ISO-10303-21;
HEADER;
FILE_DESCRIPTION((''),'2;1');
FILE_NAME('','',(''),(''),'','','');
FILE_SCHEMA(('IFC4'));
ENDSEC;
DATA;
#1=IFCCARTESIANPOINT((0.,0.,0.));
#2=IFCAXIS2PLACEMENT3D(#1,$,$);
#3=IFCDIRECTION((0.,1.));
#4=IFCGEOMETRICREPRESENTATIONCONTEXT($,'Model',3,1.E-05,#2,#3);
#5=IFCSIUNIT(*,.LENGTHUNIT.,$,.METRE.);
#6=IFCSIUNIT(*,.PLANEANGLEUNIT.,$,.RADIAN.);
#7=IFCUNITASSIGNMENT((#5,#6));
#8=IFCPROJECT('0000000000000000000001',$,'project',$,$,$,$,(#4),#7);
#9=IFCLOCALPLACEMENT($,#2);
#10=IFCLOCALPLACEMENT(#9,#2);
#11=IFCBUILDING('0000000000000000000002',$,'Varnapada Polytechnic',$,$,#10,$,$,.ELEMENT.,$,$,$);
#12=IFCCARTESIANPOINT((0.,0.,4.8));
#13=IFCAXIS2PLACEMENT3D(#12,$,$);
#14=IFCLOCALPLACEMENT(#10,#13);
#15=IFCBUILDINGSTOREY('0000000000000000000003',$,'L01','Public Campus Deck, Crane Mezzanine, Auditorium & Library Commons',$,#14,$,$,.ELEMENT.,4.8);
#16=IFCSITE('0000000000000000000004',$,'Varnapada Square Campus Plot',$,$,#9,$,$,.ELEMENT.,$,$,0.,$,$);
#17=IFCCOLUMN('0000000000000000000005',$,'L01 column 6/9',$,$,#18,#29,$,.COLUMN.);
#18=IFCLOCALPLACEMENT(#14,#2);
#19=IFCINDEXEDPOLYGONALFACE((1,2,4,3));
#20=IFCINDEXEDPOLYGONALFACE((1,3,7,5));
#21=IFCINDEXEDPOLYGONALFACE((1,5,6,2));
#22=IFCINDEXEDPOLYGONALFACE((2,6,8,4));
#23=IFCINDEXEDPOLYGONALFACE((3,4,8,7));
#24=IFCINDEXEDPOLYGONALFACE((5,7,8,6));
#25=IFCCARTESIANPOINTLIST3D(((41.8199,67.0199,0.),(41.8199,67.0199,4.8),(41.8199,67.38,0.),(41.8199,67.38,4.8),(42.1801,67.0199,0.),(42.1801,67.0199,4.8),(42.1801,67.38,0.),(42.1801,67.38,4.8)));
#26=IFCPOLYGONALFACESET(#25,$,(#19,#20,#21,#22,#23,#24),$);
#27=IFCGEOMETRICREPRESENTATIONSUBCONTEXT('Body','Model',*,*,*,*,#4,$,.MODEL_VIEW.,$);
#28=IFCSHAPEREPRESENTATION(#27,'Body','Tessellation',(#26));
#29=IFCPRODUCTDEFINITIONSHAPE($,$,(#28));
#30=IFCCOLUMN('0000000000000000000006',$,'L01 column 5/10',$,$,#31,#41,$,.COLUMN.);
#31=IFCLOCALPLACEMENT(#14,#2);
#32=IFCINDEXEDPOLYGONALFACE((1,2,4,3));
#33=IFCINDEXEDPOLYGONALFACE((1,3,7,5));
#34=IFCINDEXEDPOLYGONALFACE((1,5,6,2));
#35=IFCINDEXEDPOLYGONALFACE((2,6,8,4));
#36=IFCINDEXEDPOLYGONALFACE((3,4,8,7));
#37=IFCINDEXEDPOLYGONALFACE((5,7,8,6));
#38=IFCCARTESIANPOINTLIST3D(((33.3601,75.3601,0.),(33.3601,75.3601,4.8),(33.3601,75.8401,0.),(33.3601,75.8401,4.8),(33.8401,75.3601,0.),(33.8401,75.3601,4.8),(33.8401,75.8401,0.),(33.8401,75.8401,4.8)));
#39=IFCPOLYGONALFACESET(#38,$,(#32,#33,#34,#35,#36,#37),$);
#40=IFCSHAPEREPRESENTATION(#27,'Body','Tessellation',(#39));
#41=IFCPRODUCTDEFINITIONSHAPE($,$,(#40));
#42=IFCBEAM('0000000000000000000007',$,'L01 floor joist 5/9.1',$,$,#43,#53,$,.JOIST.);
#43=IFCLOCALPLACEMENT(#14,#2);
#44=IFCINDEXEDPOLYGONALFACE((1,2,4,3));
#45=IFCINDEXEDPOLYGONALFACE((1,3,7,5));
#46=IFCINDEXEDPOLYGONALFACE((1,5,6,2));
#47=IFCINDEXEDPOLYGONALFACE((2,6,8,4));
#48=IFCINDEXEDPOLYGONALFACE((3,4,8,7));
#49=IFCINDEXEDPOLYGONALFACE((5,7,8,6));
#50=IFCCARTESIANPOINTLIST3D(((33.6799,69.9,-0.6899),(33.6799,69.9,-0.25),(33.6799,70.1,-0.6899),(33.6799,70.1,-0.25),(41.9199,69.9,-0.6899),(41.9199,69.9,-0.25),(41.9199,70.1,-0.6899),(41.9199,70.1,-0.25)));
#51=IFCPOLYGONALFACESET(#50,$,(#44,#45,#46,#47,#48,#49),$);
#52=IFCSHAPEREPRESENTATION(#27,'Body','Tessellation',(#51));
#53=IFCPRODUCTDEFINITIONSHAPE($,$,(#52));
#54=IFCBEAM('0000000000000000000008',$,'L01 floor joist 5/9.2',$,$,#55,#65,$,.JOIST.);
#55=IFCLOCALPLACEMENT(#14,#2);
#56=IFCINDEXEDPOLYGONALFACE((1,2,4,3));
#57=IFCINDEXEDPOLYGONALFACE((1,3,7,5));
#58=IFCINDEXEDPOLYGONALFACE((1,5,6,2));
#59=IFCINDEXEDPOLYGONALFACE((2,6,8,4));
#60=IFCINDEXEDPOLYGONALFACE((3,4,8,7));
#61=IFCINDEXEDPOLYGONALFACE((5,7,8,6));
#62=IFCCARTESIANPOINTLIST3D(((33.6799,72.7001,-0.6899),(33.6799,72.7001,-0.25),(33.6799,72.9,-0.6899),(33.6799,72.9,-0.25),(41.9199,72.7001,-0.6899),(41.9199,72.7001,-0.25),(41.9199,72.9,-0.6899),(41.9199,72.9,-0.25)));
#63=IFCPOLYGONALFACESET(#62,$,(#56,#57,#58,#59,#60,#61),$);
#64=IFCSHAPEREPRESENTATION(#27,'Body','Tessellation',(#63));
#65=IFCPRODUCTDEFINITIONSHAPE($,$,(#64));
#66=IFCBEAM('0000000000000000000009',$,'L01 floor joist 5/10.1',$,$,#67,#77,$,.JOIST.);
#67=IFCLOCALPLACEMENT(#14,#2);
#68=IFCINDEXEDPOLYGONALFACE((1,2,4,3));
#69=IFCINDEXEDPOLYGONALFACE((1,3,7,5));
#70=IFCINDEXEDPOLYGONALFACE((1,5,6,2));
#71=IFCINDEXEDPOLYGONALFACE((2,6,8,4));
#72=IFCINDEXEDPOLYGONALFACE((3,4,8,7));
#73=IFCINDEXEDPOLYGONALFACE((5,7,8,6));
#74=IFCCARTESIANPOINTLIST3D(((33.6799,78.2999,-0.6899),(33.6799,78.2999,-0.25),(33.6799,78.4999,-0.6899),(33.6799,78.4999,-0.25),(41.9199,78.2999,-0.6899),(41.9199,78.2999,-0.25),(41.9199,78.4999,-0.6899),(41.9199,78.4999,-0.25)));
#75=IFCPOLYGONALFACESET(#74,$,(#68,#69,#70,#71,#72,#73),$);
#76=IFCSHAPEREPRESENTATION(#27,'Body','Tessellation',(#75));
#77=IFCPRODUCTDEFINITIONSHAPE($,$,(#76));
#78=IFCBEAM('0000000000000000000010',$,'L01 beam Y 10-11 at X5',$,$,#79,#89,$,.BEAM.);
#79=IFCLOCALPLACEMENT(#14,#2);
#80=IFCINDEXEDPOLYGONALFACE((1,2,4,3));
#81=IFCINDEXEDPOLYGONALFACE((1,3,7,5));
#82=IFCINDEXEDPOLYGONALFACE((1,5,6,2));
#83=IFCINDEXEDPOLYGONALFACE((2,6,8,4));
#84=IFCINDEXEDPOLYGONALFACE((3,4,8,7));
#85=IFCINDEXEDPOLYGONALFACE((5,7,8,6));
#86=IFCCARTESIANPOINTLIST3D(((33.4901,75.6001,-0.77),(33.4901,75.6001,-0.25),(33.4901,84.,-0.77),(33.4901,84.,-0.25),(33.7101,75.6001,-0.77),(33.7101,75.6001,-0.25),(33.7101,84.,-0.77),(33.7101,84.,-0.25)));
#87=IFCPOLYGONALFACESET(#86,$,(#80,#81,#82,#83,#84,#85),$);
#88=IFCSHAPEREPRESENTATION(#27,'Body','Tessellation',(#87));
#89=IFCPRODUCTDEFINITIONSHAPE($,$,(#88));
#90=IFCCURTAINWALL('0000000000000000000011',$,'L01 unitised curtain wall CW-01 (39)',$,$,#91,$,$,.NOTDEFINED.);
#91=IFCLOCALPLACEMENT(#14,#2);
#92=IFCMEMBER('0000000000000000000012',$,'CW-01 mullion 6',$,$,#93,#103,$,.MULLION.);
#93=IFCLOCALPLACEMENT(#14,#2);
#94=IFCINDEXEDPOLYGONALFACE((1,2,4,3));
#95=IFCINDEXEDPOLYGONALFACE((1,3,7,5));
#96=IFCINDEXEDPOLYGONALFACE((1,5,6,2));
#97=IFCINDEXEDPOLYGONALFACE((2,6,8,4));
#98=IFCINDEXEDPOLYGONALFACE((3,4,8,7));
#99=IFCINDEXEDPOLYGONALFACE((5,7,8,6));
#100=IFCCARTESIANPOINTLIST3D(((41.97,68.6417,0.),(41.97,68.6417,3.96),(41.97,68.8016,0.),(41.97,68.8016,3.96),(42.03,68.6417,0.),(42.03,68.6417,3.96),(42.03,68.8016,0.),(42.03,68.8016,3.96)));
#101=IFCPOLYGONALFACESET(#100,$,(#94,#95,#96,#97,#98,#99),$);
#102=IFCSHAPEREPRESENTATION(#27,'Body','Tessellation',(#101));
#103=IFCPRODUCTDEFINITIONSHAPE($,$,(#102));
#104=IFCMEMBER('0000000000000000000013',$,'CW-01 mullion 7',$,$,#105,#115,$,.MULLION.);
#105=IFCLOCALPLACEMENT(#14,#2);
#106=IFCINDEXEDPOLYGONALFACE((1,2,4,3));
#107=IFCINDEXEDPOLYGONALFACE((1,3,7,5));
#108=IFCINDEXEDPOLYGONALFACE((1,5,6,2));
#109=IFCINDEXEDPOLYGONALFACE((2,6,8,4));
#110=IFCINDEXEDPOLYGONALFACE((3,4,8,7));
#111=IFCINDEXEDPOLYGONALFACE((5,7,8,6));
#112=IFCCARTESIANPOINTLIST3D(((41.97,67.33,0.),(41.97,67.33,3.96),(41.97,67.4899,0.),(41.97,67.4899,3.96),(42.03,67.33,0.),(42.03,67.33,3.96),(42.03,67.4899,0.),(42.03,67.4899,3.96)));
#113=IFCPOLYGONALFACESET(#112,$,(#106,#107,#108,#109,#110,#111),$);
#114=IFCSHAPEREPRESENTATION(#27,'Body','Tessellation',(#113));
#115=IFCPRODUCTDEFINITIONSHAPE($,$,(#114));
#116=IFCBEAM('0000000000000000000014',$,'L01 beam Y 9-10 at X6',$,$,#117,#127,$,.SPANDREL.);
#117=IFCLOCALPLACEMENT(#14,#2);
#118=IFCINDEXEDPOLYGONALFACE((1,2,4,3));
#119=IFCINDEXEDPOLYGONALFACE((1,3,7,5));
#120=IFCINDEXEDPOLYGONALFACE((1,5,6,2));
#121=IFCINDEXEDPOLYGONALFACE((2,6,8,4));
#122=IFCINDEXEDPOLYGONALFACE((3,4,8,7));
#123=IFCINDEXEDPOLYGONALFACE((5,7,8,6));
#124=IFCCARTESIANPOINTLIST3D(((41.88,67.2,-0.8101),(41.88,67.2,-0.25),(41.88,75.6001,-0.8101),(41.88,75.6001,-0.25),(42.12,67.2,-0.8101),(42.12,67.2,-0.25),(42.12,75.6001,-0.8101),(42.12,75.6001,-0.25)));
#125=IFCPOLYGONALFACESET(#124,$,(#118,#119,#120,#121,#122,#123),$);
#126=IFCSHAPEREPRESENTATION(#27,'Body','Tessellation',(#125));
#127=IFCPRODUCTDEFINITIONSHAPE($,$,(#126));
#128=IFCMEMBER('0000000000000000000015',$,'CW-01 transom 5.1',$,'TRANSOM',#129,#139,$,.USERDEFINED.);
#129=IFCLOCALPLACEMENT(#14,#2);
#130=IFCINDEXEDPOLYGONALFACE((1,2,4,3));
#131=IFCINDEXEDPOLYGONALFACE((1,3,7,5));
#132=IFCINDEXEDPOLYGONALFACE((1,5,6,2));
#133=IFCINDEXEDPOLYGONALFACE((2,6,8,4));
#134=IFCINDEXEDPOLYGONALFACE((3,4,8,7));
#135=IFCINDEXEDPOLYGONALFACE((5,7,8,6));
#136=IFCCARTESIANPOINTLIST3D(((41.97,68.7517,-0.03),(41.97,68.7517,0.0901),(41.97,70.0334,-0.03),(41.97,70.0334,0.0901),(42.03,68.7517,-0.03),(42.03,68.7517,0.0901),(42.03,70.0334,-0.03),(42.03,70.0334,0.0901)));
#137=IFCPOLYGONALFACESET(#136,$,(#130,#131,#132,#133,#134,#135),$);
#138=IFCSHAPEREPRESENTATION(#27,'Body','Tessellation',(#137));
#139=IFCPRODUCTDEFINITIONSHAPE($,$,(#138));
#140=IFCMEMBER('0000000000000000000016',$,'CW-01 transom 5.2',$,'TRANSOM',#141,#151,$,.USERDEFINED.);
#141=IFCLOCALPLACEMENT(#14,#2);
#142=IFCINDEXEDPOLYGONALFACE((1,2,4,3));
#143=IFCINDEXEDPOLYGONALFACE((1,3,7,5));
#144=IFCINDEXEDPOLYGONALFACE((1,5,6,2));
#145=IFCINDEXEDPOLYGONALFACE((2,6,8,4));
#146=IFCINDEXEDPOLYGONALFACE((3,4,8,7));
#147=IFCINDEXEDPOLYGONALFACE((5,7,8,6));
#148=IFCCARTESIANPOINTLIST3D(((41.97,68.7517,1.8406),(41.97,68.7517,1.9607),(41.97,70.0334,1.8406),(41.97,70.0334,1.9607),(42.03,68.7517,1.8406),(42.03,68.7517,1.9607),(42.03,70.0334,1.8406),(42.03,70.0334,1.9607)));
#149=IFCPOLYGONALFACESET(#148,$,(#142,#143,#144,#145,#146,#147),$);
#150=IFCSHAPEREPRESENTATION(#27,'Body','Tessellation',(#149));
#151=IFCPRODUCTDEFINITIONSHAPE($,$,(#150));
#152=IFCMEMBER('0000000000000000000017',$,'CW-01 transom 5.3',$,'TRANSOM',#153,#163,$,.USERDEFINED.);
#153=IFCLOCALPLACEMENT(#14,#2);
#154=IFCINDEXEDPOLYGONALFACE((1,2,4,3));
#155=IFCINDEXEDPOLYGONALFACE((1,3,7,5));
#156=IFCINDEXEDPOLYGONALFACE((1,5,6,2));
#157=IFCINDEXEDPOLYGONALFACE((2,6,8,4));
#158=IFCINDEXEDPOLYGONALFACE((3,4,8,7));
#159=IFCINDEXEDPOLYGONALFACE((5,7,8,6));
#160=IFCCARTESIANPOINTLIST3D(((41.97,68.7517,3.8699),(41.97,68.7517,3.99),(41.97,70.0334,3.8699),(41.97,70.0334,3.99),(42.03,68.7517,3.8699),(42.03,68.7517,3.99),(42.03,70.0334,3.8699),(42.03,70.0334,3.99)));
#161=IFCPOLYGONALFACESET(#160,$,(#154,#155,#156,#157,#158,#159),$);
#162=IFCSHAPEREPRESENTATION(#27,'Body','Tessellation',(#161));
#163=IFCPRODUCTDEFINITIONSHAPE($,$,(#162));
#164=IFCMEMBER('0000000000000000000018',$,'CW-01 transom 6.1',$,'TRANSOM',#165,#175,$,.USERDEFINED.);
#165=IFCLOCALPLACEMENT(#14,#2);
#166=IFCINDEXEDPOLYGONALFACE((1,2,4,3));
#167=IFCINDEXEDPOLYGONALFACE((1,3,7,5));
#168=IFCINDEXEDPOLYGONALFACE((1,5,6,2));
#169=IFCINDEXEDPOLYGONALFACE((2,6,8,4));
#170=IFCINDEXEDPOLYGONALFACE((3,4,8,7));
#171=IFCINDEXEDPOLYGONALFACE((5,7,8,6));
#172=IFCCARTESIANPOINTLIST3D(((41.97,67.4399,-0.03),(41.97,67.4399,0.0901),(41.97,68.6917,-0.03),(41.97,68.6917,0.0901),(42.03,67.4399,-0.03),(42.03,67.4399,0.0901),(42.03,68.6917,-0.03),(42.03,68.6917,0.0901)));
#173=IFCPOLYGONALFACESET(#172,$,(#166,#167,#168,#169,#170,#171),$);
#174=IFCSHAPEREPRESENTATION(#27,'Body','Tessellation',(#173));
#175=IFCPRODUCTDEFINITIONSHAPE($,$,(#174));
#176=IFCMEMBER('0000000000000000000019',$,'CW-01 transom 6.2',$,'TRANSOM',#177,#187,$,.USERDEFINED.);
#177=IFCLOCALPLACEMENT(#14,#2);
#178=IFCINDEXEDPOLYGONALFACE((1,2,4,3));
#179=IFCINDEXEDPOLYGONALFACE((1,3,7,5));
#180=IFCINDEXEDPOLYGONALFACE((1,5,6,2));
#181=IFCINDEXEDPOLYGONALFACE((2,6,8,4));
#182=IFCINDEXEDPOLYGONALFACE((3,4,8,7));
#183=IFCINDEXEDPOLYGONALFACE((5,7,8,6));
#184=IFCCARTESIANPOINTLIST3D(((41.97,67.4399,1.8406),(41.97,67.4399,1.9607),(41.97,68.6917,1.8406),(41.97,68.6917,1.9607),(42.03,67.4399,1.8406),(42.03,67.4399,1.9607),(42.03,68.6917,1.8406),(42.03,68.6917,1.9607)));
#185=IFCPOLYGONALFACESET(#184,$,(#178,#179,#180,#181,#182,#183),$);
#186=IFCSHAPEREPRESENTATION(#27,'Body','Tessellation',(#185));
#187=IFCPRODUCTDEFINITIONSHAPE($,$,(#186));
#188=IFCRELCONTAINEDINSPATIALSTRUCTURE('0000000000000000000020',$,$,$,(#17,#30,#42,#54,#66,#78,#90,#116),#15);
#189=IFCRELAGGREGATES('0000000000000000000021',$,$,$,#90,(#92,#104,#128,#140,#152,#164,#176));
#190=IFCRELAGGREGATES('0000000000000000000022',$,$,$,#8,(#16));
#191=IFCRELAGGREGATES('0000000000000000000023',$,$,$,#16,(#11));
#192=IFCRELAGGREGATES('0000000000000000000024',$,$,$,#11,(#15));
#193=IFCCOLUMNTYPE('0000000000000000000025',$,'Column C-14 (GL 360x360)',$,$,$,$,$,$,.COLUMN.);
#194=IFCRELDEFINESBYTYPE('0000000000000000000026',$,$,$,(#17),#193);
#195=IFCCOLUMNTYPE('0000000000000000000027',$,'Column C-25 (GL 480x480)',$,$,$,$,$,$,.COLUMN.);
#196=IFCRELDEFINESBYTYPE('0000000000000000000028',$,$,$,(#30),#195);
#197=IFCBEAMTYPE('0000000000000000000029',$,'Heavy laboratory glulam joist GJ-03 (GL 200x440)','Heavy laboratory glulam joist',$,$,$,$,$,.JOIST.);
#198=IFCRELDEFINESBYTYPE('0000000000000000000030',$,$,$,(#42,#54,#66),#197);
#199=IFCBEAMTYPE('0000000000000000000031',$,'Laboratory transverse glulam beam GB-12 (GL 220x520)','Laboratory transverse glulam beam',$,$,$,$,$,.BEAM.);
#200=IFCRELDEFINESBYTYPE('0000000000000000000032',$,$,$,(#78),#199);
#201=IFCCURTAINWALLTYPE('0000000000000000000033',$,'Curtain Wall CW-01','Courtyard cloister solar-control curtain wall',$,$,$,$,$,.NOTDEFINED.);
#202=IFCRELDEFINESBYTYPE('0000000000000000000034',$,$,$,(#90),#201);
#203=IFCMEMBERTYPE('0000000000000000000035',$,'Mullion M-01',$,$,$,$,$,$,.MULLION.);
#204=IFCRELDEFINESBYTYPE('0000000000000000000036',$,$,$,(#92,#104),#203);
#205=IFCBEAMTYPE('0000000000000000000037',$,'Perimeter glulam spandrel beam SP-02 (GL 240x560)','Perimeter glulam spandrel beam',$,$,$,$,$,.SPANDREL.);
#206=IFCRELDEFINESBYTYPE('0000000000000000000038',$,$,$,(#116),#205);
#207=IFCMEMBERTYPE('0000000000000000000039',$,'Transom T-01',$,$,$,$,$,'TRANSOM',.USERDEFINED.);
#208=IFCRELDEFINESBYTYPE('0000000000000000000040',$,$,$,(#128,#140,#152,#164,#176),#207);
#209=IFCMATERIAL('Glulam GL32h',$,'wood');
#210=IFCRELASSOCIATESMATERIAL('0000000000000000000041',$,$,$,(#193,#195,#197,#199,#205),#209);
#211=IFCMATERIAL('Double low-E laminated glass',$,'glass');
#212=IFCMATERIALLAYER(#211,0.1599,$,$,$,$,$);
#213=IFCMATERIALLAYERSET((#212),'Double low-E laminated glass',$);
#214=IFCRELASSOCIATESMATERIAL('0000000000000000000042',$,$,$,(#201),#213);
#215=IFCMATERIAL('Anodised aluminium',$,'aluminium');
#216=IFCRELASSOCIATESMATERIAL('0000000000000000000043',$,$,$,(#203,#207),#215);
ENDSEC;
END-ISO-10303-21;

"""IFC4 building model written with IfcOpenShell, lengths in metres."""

from ifc_helpers import new_model, si_unit, direction, frame, origin, origin_2d, place, context, subcontext, project, spatial, rectangle, extrude, material, layer, layer_set, material_profile, profile_set, type_object, element, aggregate, save


model = new_model("IFC4")

# Units and contexts
model_context = context("Model", 3, precision=1e-05, world=origin(), true_north=direction((0.0, 1.0)))
body_context = subcontext(model_context, "Body", "Model", "MODEL_VIEW")
ifc_project = project(units=[si_unit("LENGTHUNIT", "METRE"), si_unit("PLANEANGLEUNIT", "RADIAN")], contexts=[model_context])

# Site, building, storey
site_placement = place(None, origin())
site = spatial("IfcSite", under=ifc_project, at=site_placement, Name="Varnapada Square Campus Plot", CompositionType="ELEMENT", RefElevation=0.0)
building_placement = place(site_placement, origin())
building = spatial("IfcBuilding", under=site, at=building_placement, Name="Varnapada Polytechnic", CompositionType="ELEMENT")
storey_placement = place(building_placement, frame((0.0, 0.0, 4.8)))
storey = spatial("IfcBuildingStorey", under=building, at=storey_placement, Name="L01", Description="Public Campus Deck, Crane Mezzanine, Auditorium & Library Commons", CompositionType="ELEMENT", Elevation=4.8)

# Columns
ifc_material_1 = material(Name="Glulam GL32h", Category="wood")
ifc_material_profile_1 = material_profile(ifc_material_1, rectangle(XDim=0.3601, YDim=0.3601, at=origin_2d()), Name="GL 360x360")
ifc_profile_set_1 = profile_set([ifc_material_profile_1], Name="Glulam GL32h")
column_type_1 = type_object("IfcColumnType", Name="Column C-14 (GL 360x360)", PredefinedType="COLUMN", material=ifc_profile_set_1)
column_1_placement = place(storey_placement, frame((42.0, 67.2, 0.0), z_axis=(0.0, 0.0, 1.0), x_axis=(1.0, 0.0, 0.0)))
element("IfcColumn", 1, at=column_1_placement, inside=storey, type_object=column_type_1, Name="L01 column 6/9", PredefinedType="COLUMN", context=body_context, shape_type="SweptSolid", body=[
    extrude(rectangle(XDim=0.3601, YDim=0.3601, at=origin_2d()), origin(), (0.0, 0.0, 1.0), 4.8),
])
ifc_material_profile_2 = material_profile(ifc_material_1, rectangle(XDim=0.48, YDim=0.48, at=origin_2d()), Name="GL 480x480")
ifc_profile_set_2 = profile_set([ifc_material_profile_2], Name="Glulam GL32h")
column_type_2 = type_object("IfcColumnType", Name="Column C-25 (GL 480x480)", PredefinedType="COLUMN", material=ifc_profile_set_2)
column_2_placement = place(storey_placement, frame((33.6001, 75.6001, 0.0), z_axis=(0.0, 0.0, 1.0), x_axis=(1.0, 0.0, 0.0)))
element("IfcColumn", 2, at=column_2_placement, inside=storey, type_object=column_type_2, Name="L01 column 5/10", PredefinedType="COLUMN", context=body_context, shape_type="SweptSolid", body=[
    extrude(rectangle(XDim=0.48, YDim=0.48, at=origin_2d()), origin(), (0.0, 0.0, 1.0), 4.8),
])

# Beams
ifc_material_profile_3 = material_profile(ifc_material_1, rectangle(XDim=0.2, YDim=0.4399, at=origin_2d()), Name="GL 200x440")
ifc_profile_set_3 = profile_set([ifc_material_profile_3], Name="Glulam GL32h")
beam_type_1 = type_object("IfcBeamType", Name="Heavy laboratory glulam joist GJ-03 (GL 200x440)", Description="Heavy laboratory glulam joist", PredefinedType="JOIST", material=ifc_profile_set_3)
for number, where, z_axis, x_axis, name in (
    (3, (33.6799, 70.0, -0.47), (1.0, 0.0, 0.0), (0.0, 1.0, 0.0), "L01 floor joist 5/9.1"),
    (4, (33.6799, 72.8, -0.47), (1.0, 0.0, 0.0), (0.0, 1.0, 0.0), "L01 floor joist 5/9.2"),
    (5, (33.6799, 78.3999, -0.47), (1.0, 0.0, 0.0), (0.0, 1.0, 0.0), "L01 floor joist 5/10.1"),
):
    element("IfcBeam", number, at=place(storey_placement, frame(where, z_axis=z_axis, x_axis=x_axis)), inside=storey, type_object=beam_type_1, Name=name, PredefinedType="JOIST", context=body_context, shape_type="SweptSolid", body=[
        extrude(rectangle(XDim=0.2, YDim=0.4399, at=origin_2d()), origin(), (0.0, 0.0, 1.0), 8.24),
    ])
ifc_material_profile_4 = material_profile(ifc_material_1, rectangle(XDim=0.22, YDim=0.52, at=origin_2d()), Name="GL 220x520")
ifc_profile_set_4 = profile_set([ifc_material_profile_4], Name="Glulam GL32h")
beam_type_2 = type_object("IfcBeamType", Name="Laboratory transverse glulam beam GB-12 (GL 220x520)", Description="Laboratory transverse glulam beam", PredefinedType="BEAM", material=ifc_profile_set_4)
beam_1_placement = place(storey_placement, frame((33.6001, 75.6001, -0.51), z_axis=(0.0, 1.0, 0.0), x_axis=(-1.0, 0.0, 0.0)))
element("IfcBeam", 6, at=beam_1_placement, inside=storey, type_object=beam_type_2, Name="L01 beam Y 10-11 at X5", PredefinedType="BEAM", context=body_context, shape_type="SweptSolid", body=[
    extrude(rectangle(XDim=0.22, YDim=0.52, at=origin_2d()), origin(), (0.0, 0.0, 1.0), 8.3999),
])

# Curtain wall, members
ifc_material_2 = material(Name="Double low-E laminated glass", Category="glass")
ifc_layer_1 = layer(ifc_material_2, 0.1599)
ifc_layer_set_1 = layer_set([ifc_layer_1], Name="Double low-E laminated glass")
curtain_wall_type = type_object("IfcCurtainWallType", Name="Curtain Wall CW-01", Description="Courtyard cloister solar-control curtain wall", PredefinedType="NOTDEFINED", material=ifc_layer_set_1)
curtain_wall_placement = place(storey_placement, origin())
curtain_wall = element("IfcCurtainWall", 7, at=curtain_wall_placement, inside=storey, type_object=curtain_wall_type, Name="L01 unitised curtain wall CW-01 (39)", PredefinedType="NOTDEFINED")
ifc_material_3 = material(Name="Anodised aluminium", Category="aluminium")
ifc_material_profile_5 = material_profile(ifc_material_3, rectangle(XDim=0.0601, YDim=0.1599, at=origin_2d()), Name="ALU M60x160")
ifc_profile_set_5 = profile_set([ifc_material_profile_5], Name="Anodised aluminium")
member_type_1 = type_object("IfcMemberType", Name="Mullion M-01", PredefinedType="MULLION", material=ifc_profile_set_5)
member_1_placement = place(storey_placement, frame((42.0, 68.7217, 0.0), z_axis=(0.0, 0.0, 1.0), x_axis=(1.0, 0.0, 0.0)))
member_1 = element("IfcMember", 8, at=member_1_placement, type_object=member_type_1, Name="CW-01 mullion 6", PredefinedType="MULLION", context=body_context, shape_type="SweptSolid", body=[
    extrude(rectangle(XDim=0.0601, YDim=0.1599, at=origin_2d()), origin(), (0.0, 0.0, 1.0), 3.96),
])
member_2_placement = place(storey_placement, frame((42.0, 67.4099, 0.0), z_axis=(0.0, 0.0, 1.0), x_axis=(1.0, 0.0, 0.0)))
member_2 = element("IfcMember", 9, at=member_2_placement, type_object=member_type_1, Name="CW-01 mullion 7", PredefinedType="MULLION", context=body_context, shape_type="SweptSolid", body=[
    extrude(rectangle(XDim=0.0601, YDim=0.1599, at=origin_2d()), origin(), (0.0, 0.0, 1.0), 3.96),
])

# Beam
ifc_material_profile_6 = material_profile(ifc_material_1, rectangle(XDim=0.24, YDim=0.5601, at=origin_2d()), Name="GL 240x560")
ifc_profile_set_6 = profile_set([ifc_material_profile_6], Name="Glulam GL32h")
beam_type_3 = type_object("IfcBeamType", Name="Perimeter glulam spandrel beam SP-02 (GL 240x560)", Description="Perimeter glulam spandrel beam", PredefinedType="SPANDREL", material=ifc_profile_set_6)
beam_2_placement = place(storey_placement, frame((42.0, 67.2, -0.53), z_axis=(0.0, 1.0, 0.0), x_axis=(-1.0, 0.0, 0.0)))
element("IfcBeam", 10, at=beam_2_placement, inside=storey, type_object=beam_type_3, Name="L01 beam Y 9-10 at X6", PredefinedType="SPANDREL", context=body_context, shape_type="SweptSolid", body=[
    extrude(rectangle(XDim=0.24, YDim=0.5601, at=origin_2d()), origin(), (0.0, 0.0, 1.0), 8.4001),
])

# Members
ifc_material_profile_7 = material_profile(ifc_material_3, rectangle(XDim=0.0601, YDim=0.1201, at=origin_2d()), Name="ALU T60x120")
ifc_profile_set_7 = profile_set([ifc_material_profile_7], Name="Anodised aluminium")
member_type_2 = type_object("IfcMemberType", Name="Transom T-01", ElementType="TRANSOM", PredefinedType="USERDEFINED", material=ifc_profile_set_7)
member_3_placement = place(storey_placement, frame((42.0, 70.0334, 0.03), z_axis=(0.0, -1.0, 0.0), x_axis=(1.0, 0.0, 0.0)))
member_3 = element("IfcMember", 11, at=member_3_placement, type_object=member_type_2, Name="CW-01 transom 5.1", ObjectType="TRANSOM", PredefinedType="USERDEFINED", context=body_context, shape_type="SweptSolid", body=[
    extrude(rectangle(XDim=0.0601, YDim=0.1201, at=origin_2d()), origin(), (0.0, 0.0, 1.0), 1.2817),
])
member_4_placement = place(storey_placement, frame((42.0, 70.0334, 1.9006), z_axis=(0.0, -1.0, 0.0), x_axis=(1.0, 0.0, 0.0)))
member_4 = element("IfcMember", 12, at=member_4_placement, type_object=member_type_2, Name="CW-01 transom 5.2", ObjectType="TRANSOM", PredefinedType="USERDEFINED", context=body_context, shape_type="SweptSolid", body=[
    extrude(rectangle(XDim=0.0601, YDim=0.1201, at=origin_2d()), origin(), (0.0, 0.0, 1.0), 1.2817),
])
member_5_placement = place(storey_placement, frame((42.0, 70.0334, 3.9299), z_axis=(0.0, -1.0, 0.0), x_axis=(1.0, 0.0, 0.0)))
member_5 = element("IfcMember", 13, at=member_5_placement, type_object=member_type_2, Name="CW-01 transom 5.3", ObjectType="TRANSOM", PredefinedType="USERDEFINED", context=body_context, shape_type="SweptSolid", body=[
    extrude(rectangle(XDim=0.0601, YDim=0.1201, at=origin_2d()), origin(), (0.0, 0.0, 1.0), 1.2817),
])
member_6_placement = place(storey_placement, frame((42.0, 68.6917, 0.03), z_axis=(0.0, -1.0, 0.0), x_axis=(1.0, 0.0, 0.0)))
member_6 = element("IfcMember", 14, at=member_6_placement, type_object=member_type_2, Name="CW-01 transom 6.1", ObjectType="TRANSOM", PredefinedType="USERDEFINED", context=body_context, shape_type="SweptSolid", body=[
    extrude(rectangle(XDim=0.0601, YDim=0.1201, at=origin_2d()), origin(), (0.0, 0.0, 1.0), 1.2517),
])
member_7_placement = place(storey_placement, frame((42.0, 68.6917, 1.9006), z_axis=(0.0, -1.0, 0.0), x_axis=(1.0, 0.0, 0.0)))
member_7 = element("IfcMember", 15, at=member_7_placement, type_object=member_type_2, Name="CW-01 transom 6.2", ObjectType="TRANSOM", PredefinedType="USERDEFINED", context=body_context, shape_type="SweptSolid", body=[
    extrude(rectangle(XDim=0.0601, YDim=0.1201, at=origin_2d()), origin(), (0.0, 0.0, 1.0), 1.2517),
])

aggregate(curtain_wall, [member_1, member_2, member_3, member_4, member_5, member_6, member_7])

save(model, "model.ifc")
